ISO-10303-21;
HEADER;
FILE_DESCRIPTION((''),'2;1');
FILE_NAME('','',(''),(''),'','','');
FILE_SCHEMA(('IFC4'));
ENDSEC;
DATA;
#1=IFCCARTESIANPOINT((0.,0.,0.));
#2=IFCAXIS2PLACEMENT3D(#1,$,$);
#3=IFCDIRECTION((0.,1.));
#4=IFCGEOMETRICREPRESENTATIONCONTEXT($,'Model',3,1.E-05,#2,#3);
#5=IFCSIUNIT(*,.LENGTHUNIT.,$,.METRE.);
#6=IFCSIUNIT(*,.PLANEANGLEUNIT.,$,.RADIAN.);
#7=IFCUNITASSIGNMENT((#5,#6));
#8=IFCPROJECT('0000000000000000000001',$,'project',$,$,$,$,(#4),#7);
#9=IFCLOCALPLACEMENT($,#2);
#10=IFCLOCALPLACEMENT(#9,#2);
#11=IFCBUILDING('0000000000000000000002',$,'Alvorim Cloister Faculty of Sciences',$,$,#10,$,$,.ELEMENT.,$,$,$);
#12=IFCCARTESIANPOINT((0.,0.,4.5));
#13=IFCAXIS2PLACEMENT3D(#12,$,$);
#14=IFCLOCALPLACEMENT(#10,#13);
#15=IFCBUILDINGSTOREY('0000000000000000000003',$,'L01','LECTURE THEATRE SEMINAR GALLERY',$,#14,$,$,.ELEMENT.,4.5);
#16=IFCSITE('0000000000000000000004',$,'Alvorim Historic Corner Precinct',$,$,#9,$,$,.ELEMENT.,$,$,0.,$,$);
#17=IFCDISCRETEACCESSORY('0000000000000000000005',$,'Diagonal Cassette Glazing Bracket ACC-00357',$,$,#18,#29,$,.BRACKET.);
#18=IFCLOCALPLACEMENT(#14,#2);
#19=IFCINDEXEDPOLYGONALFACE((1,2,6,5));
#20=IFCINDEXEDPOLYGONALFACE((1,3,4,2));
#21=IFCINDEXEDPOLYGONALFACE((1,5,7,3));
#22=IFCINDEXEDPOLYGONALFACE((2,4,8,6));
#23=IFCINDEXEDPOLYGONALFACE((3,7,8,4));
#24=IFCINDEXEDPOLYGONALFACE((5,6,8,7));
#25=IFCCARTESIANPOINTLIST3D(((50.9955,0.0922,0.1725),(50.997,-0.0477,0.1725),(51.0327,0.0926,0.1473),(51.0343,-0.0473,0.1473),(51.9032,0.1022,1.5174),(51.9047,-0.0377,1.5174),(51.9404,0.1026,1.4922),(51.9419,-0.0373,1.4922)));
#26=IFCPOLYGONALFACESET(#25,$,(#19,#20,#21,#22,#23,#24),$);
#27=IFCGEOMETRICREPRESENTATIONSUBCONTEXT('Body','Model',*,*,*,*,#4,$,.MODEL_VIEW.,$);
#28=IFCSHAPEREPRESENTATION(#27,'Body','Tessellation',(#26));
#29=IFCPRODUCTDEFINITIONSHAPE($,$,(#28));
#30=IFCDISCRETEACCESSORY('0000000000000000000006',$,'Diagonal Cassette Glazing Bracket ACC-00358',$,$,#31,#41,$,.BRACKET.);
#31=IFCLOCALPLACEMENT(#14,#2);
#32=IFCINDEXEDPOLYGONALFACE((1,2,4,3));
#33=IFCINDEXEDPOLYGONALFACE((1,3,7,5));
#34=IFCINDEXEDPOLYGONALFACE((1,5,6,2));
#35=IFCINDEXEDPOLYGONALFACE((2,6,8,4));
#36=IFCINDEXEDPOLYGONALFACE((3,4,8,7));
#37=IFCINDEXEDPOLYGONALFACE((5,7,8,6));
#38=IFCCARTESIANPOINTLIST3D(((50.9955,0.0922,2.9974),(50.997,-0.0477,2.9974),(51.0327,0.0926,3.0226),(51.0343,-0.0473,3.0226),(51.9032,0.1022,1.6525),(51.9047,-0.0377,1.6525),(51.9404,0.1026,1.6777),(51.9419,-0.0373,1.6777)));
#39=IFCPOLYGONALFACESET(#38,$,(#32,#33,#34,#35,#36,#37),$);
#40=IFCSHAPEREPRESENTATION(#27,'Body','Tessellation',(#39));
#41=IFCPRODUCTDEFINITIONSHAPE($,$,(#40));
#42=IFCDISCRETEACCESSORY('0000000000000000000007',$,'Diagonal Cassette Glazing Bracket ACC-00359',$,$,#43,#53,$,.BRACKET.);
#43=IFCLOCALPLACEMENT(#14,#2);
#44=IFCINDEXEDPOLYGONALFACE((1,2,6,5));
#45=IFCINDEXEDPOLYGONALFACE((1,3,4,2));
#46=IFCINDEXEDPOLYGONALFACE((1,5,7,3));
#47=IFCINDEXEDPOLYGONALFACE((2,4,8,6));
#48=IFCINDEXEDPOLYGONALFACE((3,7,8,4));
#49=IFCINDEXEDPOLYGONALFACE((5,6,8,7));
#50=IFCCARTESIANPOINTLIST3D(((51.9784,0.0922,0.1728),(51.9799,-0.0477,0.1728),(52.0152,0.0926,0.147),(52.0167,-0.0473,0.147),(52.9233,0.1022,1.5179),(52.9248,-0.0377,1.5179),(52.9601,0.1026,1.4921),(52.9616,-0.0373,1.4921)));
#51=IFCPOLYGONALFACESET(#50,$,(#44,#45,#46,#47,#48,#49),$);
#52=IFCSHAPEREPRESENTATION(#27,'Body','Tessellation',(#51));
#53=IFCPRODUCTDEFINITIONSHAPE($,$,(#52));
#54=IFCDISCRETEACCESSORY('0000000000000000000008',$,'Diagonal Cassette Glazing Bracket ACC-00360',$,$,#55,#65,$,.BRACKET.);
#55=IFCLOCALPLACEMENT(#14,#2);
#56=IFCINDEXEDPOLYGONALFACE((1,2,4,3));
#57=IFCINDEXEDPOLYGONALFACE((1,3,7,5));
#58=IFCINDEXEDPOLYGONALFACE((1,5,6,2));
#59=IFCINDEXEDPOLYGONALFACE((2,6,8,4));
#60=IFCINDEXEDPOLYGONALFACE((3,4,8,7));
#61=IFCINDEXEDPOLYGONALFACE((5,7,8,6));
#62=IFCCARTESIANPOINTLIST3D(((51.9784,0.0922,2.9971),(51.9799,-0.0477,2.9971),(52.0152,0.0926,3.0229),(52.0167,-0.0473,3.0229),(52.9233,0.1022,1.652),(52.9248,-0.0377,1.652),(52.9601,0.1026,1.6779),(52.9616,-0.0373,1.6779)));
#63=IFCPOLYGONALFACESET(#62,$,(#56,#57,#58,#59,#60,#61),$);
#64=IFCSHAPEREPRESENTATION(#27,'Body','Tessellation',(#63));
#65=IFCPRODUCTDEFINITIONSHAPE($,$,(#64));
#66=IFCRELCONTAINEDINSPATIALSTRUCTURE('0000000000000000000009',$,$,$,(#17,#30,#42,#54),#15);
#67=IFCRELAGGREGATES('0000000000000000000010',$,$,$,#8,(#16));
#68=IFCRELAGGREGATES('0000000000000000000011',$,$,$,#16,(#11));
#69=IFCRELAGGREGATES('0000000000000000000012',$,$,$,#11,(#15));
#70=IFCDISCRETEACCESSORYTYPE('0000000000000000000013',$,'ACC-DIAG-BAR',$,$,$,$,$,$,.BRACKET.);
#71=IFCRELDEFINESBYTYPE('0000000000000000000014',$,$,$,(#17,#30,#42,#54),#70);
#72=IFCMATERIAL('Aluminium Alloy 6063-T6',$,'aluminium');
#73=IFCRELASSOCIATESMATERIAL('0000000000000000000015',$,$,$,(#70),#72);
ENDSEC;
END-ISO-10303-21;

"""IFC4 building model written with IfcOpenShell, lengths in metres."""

from ifc_helpers import new_model, si_unit, direction, frame, origin, origin_2d, place, context, subcontext, project, spatial, rectangle, extrude, material, type_object, element, save


model = new_model("IFC4")

# Units and contexts
model_context = context("Model", 3, precision=1e-05, world=origin(), true_north=direction((0.0, 1.0)))
body_context = subcontext(model_context, "Body", "Model", "MODEL_VIEW")
ifc_project = project(units=[si_unit("LENGTHUNIT", "METRE"), si_unit("PLANEANGLEUNIT", "RADIAN")], contexts=[model_context])

# Site, building, storey
site_placement = place(None, origin())
site = spatial("IfcSite", under=ifc_project, at=site_placement, Name="Alvorim Historic Corner Precinct", CompositionType="ELEMENT", RefElevation=0.0)
building_placement = place(site_placement, origin())
building = spatial("IfcBuilding", under=site, at=building_placement, Name="Alvorim Cloister Faculty of Sciences", CompositionType="ELEMENT")
storey_placement = place(building_placement, frame((0.0, 0.0, 4.5)))
storey = spatial("IfcBuildingStorey", under=building, at=storey_placement, Name="L01", Description="LECTURE THEATRE SEMINAR GALLERY", CompositionType="ELEMENT", Elevation=4.5)

# Shared definitions
ifc_material_1 = material(Name="Aluminium Alloy 6063-T6", Category="aluminium")

# Discrete accessories
discrete_accessory_type = type_object("IfcDiscreteAccessoryType", Name="ACC-DIAG-BAR", PredefinedType="BRACKET", material=ifc_material_1)
for number, where, z_axis, x_axis, name in (
    (1, (51.0149, 0.0225, 0.1599), (0.559403, 0.006169, 0.828873), (-0.011027, 0.999939, 0.0), "Diagonal Cassette Glazing Bracket ACC-00357"),
    (2, (51.0149, 0.0225, 3.01), (0.559403, 0.006169, -0.828873), (-0.011027, 0.999939, 0.0), "Diagonal Cassette Glazing Bracket ACC-00358"),
):
    element("IfcDiscreteAccessory", number, at=place(storey_placement, frame(where, z_axis=z_axis, x_axis=x_axis)), inside=storey, type_object=discrete_accessory_type, Name=name, PredefinedType="BRACKET", context=body_context, shape_type="SweptSolid", body=[
        extrude(rectangle(XDim=0.1399, YDim=0.0449, at=origin_2d()), origin(), (0.0, 0.0, 1.0), 1.6226),
    ])
for number, where, z_axis, x_axis, name in (
    (3, (51.9976, 0.0225, 0.1599), (0.574817, 0.00609, 0.81826), (-0.010594, 0.999944, 0.0), "Diagonal Cassette Glazing Bracket ACC-00359"),
    (4, (51.9976, 0.0225, 3.01), (0.574817, 0.00609, -0.81826), (-0.010594, 0.999944, 0.0), "Diagonal Cassette Glazing Bracket ACC-00360"),
):
    element("IfcDiscreteAccessory", number, at=place(storey_placement, frame(where, z_axis=z_axis, x_axis=x_axis)), inside=storey, type_object=discrete_accessory_type, Name=name, PredefinedType="BRACKET", context=body_context, shape_type="SweptSolid", body=[
        extrude(rectangle(XDim=0.1399, YDim=0.0449, at=origin_2d()), origin(), (0.0, 0.0, 1.0), 1.6438),
    ])

save(model, "model.ifc")
